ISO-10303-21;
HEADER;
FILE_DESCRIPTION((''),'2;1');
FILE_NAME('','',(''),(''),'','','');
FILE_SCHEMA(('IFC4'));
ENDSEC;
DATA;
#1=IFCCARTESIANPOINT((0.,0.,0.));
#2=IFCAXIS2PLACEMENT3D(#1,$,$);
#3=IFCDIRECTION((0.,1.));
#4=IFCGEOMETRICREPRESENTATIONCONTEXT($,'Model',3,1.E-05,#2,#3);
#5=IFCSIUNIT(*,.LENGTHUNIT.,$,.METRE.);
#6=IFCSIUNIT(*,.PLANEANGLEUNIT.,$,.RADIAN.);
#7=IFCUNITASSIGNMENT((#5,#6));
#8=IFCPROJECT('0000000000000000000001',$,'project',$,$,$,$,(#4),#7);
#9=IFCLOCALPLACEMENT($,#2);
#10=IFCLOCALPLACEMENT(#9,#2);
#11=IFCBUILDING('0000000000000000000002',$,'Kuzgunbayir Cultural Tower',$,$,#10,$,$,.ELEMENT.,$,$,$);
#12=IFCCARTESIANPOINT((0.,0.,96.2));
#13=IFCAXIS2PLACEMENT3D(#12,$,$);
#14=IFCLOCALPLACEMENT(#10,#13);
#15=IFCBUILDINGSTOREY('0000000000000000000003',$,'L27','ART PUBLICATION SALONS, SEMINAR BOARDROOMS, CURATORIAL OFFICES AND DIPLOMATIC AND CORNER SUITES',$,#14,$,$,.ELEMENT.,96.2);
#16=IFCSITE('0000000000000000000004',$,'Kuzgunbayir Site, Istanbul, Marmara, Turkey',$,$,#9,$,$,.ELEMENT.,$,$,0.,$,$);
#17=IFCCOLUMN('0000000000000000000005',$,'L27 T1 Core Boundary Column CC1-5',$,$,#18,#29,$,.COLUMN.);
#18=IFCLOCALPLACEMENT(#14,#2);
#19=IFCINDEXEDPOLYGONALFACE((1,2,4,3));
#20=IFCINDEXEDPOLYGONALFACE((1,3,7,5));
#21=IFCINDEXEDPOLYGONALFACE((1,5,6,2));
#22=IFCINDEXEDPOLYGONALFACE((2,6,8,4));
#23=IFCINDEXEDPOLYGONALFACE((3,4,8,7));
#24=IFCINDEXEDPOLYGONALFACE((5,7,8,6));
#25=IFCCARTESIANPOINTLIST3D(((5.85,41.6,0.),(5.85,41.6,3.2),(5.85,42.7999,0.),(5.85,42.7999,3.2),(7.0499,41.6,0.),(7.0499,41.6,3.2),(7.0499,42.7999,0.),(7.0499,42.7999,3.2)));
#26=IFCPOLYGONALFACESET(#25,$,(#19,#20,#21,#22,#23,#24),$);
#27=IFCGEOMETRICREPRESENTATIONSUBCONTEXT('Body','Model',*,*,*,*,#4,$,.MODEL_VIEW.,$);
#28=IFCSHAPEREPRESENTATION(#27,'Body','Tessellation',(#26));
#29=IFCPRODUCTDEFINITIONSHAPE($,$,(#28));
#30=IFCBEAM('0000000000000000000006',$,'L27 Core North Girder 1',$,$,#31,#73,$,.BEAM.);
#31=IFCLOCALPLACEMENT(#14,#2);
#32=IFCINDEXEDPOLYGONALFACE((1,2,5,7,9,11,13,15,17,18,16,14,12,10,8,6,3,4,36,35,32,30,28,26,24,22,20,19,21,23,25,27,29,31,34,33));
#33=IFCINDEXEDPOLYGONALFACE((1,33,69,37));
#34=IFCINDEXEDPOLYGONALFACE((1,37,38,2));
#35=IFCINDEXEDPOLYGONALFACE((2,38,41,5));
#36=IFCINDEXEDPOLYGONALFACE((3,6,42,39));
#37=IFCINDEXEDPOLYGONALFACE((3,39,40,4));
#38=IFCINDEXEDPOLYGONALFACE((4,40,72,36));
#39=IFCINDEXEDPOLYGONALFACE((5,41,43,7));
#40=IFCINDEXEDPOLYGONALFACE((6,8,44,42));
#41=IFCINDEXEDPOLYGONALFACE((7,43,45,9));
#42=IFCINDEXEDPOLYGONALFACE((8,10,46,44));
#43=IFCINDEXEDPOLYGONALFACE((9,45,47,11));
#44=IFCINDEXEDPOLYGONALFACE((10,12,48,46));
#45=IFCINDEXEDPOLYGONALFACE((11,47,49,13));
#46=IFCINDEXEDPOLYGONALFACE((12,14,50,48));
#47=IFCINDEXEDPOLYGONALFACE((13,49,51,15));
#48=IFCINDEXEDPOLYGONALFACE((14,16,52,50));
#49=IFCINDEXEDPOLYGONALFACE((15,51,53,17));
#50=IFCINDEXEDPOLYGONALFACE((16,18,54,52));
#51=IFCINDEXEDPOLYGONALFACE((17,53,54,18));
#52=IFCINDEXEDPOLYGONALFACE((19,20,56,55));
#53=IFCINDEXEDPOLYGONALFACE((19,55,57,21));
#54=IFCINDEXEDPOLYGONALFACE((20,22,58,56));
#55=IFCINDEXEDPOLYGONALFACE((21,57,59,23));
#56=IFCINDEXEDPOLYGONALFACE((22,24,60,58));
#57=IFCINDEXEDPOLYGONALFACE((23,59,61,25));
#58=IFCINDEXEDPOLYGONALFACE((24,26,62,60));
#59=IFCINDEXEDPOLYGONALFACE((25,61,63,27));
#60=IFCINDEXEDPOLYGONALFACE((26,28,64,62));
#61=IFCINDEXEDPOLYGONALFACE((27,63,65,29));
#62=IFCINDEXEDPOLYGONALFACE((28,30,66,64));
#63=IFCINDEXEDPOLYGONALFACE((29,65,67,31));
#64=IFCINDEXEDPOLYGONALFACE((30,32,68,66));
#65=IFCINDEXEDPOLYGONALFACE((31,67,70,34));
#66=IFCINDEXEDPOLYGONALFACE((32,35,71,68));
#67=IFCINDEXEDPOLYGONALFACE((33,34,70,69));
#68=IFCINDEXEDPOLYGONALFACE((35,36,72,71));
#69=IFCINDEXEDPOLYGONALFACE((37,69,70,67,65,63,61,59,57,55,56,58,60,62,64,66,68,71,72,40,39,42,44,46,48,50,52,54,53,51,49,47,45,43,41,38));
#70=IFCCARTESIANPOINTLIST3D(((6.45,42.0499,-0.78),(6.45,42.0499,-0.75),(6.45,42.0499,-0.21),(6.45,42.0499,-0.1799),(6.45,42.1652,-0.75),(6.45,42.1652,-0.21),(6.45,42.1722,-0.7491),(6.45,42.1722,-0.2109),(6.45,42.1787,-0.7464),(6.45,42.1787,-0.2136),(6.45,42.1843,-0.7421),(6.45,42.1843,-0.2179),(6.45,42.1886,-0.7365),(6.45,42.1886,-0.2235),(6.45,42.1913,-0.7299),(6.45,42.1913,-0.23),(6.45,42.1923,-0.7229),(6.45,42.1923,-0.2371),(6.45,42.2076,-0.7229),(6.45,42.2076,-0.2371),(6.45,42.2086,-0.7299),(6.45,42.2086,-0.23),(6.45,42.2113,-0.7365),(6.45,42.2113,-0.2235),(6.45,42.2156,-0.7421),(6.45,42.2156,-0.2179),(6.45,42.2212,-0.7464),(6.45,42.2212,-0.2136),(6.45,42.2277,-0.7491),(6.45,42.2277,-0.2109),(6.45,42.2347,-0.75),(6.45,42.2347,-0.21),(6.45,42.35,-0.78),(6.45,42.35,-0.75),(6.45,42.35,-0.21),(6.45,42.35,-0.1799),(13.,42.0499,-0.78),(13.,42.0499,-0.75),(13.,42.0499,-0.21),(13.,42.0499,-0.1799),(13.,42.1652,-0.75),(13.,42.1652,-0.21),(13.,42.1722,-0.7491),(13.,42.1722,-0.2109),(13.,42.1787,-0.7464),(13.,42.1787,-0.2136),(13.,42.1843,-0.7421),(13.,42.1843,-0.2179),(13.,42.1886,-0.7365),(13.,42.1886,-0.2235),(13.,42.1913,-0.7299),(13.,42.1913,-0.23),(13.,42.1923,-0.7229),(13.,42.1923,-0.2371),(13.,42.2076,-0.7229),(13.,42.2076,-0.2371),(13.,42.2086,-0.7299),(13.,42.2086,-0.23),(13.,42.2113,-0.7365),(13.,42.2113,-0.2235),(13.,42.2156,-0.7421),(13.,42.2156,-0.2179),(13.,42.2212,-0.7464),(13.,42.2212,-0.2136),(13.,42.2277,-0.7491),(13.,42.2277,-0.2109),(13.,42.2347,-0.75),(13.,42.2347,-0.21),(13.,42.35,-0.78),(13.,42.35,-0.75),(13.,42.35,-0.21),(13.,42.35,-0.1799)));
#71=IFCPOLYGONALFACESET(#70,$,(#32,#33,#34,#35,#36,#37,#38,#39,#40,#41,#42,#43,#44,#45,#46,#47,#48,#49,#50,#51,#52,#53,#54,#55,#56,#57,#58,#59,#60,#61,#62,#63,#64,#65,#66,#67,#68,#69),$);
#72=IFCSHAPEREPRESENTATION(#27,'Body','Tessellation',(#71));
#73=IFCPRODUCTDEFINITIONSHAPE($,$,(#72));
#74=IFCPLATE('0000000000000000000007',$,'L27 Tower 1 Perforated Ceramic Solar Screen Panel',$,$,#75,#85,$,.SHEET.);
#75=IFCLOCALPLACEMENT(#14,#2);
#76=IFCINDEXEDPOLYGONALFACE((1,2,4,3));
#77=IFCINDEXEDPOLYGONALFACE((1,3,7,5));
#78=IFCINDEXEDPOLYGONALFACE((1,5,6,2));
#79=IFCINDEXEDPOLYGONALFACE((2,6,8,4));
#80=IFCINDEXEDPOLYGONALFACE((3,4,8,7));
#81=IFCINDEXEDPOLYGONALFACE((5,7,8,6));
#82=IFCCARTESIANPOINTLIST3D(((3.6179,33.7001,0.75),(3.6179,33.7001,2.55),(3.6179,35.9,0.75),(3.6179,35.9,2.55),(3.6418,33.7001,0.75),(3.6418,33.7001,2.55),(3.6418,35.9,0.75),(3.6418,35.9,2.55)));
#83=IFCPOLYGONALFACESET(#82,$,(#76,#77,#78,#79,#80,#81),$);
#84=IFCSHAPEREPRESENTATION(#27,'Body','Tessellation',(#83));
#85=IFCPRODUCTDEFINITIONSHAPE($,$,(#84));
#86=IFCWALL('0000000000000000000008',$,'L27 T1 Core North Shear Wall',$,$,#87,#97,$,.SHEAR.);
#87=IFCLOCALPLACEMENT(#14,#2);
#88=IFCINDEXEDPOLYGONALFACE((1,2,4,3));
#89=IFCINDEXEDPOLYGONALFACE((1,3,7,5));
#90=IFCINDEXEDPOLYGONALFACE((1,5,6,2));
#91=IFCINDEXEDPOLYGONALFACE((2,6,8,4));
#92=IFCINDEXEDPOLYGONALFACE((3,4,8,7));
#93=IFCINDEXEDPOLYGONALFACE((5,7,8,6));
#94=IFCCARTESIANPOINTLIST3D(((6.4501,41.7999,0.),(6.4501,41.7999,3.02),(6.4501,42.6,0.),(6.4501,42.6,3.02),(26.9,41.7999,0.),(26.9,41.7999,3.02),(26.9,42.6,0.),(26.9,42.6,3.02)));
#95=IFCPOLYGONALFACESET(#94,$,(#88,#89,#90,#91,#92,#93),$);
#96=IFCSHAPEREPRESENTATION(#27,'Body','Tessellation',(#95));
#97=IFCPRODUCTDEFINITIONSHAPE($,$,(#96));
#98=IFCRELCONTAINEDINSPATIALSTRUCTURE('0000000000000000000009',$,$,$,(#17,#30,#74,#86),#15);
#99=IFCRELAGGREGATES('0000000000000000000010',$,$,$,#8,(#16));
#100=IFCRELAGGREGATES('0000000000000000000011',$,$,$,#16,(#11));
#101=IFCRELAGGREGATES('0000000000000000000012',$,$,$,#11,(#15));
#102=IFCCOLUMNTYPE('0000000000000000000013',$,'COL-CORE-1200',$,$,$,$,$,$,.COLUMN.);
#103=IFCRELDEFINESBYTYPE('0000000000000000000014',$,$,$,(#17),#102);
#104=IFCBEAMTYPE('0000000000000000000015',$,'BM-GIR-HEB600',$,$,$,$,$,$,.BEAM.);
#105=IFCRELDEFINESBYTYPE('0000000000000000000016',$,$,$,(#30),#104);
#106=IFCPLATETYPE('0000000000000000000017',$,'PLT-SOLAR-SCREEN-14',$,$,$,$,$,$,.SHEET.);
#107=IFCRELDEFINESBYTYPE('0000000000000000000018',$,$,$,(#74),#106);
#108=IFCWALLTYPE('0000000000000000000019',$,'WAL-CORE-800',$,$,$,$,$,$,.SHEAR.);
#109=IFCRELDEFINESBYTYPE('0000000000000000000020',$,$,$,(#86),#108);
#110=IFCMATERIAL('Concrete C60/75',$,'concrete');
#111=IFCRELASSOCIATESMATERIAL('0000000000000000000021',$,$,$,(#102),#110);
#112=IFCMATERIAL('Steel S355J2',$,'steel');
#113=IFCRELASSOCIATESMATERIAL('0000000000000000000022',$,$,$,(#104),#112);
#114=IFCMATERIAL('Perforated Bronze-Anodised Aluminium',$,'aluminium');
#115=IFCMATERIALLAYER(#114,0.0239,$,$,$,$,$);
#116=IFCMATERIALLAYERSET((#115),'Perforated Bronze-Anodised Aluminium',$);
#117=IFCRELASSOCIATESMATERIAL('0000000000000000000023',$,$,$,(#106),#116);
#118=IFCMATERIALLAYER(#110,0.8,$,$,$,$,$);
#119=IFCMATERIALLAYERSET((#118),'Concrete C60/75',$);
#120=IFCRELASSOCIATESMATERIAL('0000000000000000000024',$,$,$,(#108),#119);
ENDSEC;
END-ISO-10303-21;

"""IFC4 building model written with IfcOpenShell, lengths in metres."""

from ifc_helpers import new_model, si_unit, direction, frame, frame_2d, origin, origin_2d, place, context, subcontext, project, spatial, rectangle, i_section, extrude, material, layer, layer_set, material_profile, profile_set, type_object, element, save


model = new_model("IFC4")

# Units and contexts
model_context = context("Model", 3, precision=1e-05, world=origin(), true_north=direction((0.0, 1.0)))
body_context = subcontext(model_context, "Body", "Model", "MODEL_VIEW")
ifc_project = project(units=[si_unit("LENGTHUNIT", "METRE"), si_unit("PLANEANGLEUNIT", "RADIAN")], contexts=[model_context])

# Site, building, storey
site_placement = place(None, origin())
site = spatial("IfcSite", under=ifc_project, at=site_placement, Name="Kuzgunbayir Site, Istanbul, Marmara, Turkey", CompositionType="ELEMENT", RefElevation=0.0)
building_placement = place(site_placement, origin())
building = spatial("IfcBuilding", under=site, at=building_placement, Name="Kuzgunbayir Cultural Tower", CompositionType="ELEMENT")
storey_placement = place(building_placement, frame((0.0, 0.0, 96.2)))
storey = spatial("IfcBuildingStorey", under=building, at=storey_placement, Name="L27", Description="ART PUBLICATION SALONS, SEMINAR BOARDROOMS, CURATORIAL OFFICES AND DIPLOMATIC AND CORNER SUITES", CompositionType="ELEMENT", Elevation=96.2)

# Column
ifc_material_1 = material(Name="Concrete C60/75", Category="concrete")
ifc_material_profile_1 = material_profile(ifc_material_1, rectangle(XDim=1.2, YDim=1.2, at=origin_2d()), Name="RC 1200x1200")
ifc_profile_set_1 = profile_set([ifc_material_profile_1], Name="Concrete C60/75")
column_type = type_object("IfcColumnType", Name="COL-CORE-1200", PredefinedType="COLUMN", material=ifc_profile_set_1)
column_placement = place(storey_placement, frame((6.45, 42.2, 0.0), z_axis=(0.0, 0.0, 1.0), x_axis=(1.0, 0.0, 0.0)))
element("IfcColumn", 1, at=column_placement, inside=storey, type_object=column_type, Name="L27 T1 Core Boundary Column CC1-5", PredefinedType="COLUMN", context=body_context, shape_type="SweptSolid", body=[
    extrude(rectangle(XDim=1.2, YDim=1.2, at=origin_2d()), origin(), (0.0, 0.0, 1.0), 3.2),
])

# Beam
ifc_material_2 = material(Name="Steel S355J2", Category="steel")
ifc_material_profile_2 = material_profile(ifc_material_2, i_section(OverallWidth=0.3, OverallDepth=0.6001, WebThickness=0.0154, FlangeThickness=0.03, FilletRadius=0.0271, at=origin_2d()), Name="HEB 600")
ifc_profile_set_2 = profile_set([ifc_material_profile_2], Name="Steel S355J2")
beam_type = type_object("IfcBeamType", Name="BM-GIR-HEB600", PredefinedType="BEAM", material=ifc_profile_set_2)
beam_placement = place(storey_placement, frame((6.45, 42.2, -0.48), z_axis=(1.0, 0.0, 0.0), x_axis=(0.0, 1.0, 0.0)))
element("IfcBeam", 2, at=beam_placement, inside=storey, type_object=beam_type, Name="L27 Core North Girder 1", PredefinedType="BEAM", context=body_context, shape_type="SweptSolid", body=[
    extrude(i_section(OverallWidth=0.3, OverallDepth=0.6001, WebThickness=0.0154, FlangeThickness=0.03, FilletRadius=0.0271, at=origin_2d()), origin(), (0.0, 0.0, 1.0), 6.55),
])

# Plate
ifc_material_3 = material(Name="Perforated Bronze-Anodised Aluminium", Category="aluminium")
ifc_layer_1 = layer(ifc_material_3, 0.0239)
ifc_layer_set_1 = layer_set([ifc_layer_1], Name="Perforated Bronze-Anodised Aluminium")
plate_type = type_object("IfcPlateType", Name="PLT-SOLAR-SCREEN-14", PredefinedType="SHEET", material=ifc_layer_set_1)
plate_placement = place(storey_placement, frame((3.6299, 34.8, 0.75), z_axis=(0.0, 0.0, 1.0), x_axis=(1.0, 0.0, 0.0)))
element("IfcPlate", 3, at=plate_placement, inside=storey, type_object=plate_type, Name="L27 Tower 1 Perforated Ceramic Solar Screen Panel", PredefinedType="SHEET", context=body_context, shape_type="SweptSolid", body=[
    extrude(rectangle(XDim=0.0239, YDim=2.2, at=origin_2d()), origin(), (0.0, 0.0, 1.0), 1.8),
])

# Wall
ifc_layer_2 = layer(ifc_material_1, 0.8)
ifc_layer_set_2 = layer_set([ifc_layer_2], Name="Concrete C60/75")
wall_type_1 = type_object("IfcWallType", Name="WAL-CORE-800", PredefinedType="SHEAR", material=ifc_layer_set_2)
wall_1_placement = place(storey_placement, frame((6.45, 42.2, 0.0), z_axis=(0.0, 0.0, 1.0), x_axis=(1.0, 0.0, 0.0)))
element("IfcWall", 4, at=wall_1_placement, inside=storey, type_object=wall_type_1, Name="L27 T1 Core North Shear Wall", PredefinedType="SHEAR", context=body_context, shape_type="SweptSolid", body=[
    extrude(rectangle(XDim=20.45, YDim=0.8, at=frame_2d((10.2251, 0.0))), origin(), (0.0, 0.0, 1.0), 3.02),
])

save(model, "model.ifc")
